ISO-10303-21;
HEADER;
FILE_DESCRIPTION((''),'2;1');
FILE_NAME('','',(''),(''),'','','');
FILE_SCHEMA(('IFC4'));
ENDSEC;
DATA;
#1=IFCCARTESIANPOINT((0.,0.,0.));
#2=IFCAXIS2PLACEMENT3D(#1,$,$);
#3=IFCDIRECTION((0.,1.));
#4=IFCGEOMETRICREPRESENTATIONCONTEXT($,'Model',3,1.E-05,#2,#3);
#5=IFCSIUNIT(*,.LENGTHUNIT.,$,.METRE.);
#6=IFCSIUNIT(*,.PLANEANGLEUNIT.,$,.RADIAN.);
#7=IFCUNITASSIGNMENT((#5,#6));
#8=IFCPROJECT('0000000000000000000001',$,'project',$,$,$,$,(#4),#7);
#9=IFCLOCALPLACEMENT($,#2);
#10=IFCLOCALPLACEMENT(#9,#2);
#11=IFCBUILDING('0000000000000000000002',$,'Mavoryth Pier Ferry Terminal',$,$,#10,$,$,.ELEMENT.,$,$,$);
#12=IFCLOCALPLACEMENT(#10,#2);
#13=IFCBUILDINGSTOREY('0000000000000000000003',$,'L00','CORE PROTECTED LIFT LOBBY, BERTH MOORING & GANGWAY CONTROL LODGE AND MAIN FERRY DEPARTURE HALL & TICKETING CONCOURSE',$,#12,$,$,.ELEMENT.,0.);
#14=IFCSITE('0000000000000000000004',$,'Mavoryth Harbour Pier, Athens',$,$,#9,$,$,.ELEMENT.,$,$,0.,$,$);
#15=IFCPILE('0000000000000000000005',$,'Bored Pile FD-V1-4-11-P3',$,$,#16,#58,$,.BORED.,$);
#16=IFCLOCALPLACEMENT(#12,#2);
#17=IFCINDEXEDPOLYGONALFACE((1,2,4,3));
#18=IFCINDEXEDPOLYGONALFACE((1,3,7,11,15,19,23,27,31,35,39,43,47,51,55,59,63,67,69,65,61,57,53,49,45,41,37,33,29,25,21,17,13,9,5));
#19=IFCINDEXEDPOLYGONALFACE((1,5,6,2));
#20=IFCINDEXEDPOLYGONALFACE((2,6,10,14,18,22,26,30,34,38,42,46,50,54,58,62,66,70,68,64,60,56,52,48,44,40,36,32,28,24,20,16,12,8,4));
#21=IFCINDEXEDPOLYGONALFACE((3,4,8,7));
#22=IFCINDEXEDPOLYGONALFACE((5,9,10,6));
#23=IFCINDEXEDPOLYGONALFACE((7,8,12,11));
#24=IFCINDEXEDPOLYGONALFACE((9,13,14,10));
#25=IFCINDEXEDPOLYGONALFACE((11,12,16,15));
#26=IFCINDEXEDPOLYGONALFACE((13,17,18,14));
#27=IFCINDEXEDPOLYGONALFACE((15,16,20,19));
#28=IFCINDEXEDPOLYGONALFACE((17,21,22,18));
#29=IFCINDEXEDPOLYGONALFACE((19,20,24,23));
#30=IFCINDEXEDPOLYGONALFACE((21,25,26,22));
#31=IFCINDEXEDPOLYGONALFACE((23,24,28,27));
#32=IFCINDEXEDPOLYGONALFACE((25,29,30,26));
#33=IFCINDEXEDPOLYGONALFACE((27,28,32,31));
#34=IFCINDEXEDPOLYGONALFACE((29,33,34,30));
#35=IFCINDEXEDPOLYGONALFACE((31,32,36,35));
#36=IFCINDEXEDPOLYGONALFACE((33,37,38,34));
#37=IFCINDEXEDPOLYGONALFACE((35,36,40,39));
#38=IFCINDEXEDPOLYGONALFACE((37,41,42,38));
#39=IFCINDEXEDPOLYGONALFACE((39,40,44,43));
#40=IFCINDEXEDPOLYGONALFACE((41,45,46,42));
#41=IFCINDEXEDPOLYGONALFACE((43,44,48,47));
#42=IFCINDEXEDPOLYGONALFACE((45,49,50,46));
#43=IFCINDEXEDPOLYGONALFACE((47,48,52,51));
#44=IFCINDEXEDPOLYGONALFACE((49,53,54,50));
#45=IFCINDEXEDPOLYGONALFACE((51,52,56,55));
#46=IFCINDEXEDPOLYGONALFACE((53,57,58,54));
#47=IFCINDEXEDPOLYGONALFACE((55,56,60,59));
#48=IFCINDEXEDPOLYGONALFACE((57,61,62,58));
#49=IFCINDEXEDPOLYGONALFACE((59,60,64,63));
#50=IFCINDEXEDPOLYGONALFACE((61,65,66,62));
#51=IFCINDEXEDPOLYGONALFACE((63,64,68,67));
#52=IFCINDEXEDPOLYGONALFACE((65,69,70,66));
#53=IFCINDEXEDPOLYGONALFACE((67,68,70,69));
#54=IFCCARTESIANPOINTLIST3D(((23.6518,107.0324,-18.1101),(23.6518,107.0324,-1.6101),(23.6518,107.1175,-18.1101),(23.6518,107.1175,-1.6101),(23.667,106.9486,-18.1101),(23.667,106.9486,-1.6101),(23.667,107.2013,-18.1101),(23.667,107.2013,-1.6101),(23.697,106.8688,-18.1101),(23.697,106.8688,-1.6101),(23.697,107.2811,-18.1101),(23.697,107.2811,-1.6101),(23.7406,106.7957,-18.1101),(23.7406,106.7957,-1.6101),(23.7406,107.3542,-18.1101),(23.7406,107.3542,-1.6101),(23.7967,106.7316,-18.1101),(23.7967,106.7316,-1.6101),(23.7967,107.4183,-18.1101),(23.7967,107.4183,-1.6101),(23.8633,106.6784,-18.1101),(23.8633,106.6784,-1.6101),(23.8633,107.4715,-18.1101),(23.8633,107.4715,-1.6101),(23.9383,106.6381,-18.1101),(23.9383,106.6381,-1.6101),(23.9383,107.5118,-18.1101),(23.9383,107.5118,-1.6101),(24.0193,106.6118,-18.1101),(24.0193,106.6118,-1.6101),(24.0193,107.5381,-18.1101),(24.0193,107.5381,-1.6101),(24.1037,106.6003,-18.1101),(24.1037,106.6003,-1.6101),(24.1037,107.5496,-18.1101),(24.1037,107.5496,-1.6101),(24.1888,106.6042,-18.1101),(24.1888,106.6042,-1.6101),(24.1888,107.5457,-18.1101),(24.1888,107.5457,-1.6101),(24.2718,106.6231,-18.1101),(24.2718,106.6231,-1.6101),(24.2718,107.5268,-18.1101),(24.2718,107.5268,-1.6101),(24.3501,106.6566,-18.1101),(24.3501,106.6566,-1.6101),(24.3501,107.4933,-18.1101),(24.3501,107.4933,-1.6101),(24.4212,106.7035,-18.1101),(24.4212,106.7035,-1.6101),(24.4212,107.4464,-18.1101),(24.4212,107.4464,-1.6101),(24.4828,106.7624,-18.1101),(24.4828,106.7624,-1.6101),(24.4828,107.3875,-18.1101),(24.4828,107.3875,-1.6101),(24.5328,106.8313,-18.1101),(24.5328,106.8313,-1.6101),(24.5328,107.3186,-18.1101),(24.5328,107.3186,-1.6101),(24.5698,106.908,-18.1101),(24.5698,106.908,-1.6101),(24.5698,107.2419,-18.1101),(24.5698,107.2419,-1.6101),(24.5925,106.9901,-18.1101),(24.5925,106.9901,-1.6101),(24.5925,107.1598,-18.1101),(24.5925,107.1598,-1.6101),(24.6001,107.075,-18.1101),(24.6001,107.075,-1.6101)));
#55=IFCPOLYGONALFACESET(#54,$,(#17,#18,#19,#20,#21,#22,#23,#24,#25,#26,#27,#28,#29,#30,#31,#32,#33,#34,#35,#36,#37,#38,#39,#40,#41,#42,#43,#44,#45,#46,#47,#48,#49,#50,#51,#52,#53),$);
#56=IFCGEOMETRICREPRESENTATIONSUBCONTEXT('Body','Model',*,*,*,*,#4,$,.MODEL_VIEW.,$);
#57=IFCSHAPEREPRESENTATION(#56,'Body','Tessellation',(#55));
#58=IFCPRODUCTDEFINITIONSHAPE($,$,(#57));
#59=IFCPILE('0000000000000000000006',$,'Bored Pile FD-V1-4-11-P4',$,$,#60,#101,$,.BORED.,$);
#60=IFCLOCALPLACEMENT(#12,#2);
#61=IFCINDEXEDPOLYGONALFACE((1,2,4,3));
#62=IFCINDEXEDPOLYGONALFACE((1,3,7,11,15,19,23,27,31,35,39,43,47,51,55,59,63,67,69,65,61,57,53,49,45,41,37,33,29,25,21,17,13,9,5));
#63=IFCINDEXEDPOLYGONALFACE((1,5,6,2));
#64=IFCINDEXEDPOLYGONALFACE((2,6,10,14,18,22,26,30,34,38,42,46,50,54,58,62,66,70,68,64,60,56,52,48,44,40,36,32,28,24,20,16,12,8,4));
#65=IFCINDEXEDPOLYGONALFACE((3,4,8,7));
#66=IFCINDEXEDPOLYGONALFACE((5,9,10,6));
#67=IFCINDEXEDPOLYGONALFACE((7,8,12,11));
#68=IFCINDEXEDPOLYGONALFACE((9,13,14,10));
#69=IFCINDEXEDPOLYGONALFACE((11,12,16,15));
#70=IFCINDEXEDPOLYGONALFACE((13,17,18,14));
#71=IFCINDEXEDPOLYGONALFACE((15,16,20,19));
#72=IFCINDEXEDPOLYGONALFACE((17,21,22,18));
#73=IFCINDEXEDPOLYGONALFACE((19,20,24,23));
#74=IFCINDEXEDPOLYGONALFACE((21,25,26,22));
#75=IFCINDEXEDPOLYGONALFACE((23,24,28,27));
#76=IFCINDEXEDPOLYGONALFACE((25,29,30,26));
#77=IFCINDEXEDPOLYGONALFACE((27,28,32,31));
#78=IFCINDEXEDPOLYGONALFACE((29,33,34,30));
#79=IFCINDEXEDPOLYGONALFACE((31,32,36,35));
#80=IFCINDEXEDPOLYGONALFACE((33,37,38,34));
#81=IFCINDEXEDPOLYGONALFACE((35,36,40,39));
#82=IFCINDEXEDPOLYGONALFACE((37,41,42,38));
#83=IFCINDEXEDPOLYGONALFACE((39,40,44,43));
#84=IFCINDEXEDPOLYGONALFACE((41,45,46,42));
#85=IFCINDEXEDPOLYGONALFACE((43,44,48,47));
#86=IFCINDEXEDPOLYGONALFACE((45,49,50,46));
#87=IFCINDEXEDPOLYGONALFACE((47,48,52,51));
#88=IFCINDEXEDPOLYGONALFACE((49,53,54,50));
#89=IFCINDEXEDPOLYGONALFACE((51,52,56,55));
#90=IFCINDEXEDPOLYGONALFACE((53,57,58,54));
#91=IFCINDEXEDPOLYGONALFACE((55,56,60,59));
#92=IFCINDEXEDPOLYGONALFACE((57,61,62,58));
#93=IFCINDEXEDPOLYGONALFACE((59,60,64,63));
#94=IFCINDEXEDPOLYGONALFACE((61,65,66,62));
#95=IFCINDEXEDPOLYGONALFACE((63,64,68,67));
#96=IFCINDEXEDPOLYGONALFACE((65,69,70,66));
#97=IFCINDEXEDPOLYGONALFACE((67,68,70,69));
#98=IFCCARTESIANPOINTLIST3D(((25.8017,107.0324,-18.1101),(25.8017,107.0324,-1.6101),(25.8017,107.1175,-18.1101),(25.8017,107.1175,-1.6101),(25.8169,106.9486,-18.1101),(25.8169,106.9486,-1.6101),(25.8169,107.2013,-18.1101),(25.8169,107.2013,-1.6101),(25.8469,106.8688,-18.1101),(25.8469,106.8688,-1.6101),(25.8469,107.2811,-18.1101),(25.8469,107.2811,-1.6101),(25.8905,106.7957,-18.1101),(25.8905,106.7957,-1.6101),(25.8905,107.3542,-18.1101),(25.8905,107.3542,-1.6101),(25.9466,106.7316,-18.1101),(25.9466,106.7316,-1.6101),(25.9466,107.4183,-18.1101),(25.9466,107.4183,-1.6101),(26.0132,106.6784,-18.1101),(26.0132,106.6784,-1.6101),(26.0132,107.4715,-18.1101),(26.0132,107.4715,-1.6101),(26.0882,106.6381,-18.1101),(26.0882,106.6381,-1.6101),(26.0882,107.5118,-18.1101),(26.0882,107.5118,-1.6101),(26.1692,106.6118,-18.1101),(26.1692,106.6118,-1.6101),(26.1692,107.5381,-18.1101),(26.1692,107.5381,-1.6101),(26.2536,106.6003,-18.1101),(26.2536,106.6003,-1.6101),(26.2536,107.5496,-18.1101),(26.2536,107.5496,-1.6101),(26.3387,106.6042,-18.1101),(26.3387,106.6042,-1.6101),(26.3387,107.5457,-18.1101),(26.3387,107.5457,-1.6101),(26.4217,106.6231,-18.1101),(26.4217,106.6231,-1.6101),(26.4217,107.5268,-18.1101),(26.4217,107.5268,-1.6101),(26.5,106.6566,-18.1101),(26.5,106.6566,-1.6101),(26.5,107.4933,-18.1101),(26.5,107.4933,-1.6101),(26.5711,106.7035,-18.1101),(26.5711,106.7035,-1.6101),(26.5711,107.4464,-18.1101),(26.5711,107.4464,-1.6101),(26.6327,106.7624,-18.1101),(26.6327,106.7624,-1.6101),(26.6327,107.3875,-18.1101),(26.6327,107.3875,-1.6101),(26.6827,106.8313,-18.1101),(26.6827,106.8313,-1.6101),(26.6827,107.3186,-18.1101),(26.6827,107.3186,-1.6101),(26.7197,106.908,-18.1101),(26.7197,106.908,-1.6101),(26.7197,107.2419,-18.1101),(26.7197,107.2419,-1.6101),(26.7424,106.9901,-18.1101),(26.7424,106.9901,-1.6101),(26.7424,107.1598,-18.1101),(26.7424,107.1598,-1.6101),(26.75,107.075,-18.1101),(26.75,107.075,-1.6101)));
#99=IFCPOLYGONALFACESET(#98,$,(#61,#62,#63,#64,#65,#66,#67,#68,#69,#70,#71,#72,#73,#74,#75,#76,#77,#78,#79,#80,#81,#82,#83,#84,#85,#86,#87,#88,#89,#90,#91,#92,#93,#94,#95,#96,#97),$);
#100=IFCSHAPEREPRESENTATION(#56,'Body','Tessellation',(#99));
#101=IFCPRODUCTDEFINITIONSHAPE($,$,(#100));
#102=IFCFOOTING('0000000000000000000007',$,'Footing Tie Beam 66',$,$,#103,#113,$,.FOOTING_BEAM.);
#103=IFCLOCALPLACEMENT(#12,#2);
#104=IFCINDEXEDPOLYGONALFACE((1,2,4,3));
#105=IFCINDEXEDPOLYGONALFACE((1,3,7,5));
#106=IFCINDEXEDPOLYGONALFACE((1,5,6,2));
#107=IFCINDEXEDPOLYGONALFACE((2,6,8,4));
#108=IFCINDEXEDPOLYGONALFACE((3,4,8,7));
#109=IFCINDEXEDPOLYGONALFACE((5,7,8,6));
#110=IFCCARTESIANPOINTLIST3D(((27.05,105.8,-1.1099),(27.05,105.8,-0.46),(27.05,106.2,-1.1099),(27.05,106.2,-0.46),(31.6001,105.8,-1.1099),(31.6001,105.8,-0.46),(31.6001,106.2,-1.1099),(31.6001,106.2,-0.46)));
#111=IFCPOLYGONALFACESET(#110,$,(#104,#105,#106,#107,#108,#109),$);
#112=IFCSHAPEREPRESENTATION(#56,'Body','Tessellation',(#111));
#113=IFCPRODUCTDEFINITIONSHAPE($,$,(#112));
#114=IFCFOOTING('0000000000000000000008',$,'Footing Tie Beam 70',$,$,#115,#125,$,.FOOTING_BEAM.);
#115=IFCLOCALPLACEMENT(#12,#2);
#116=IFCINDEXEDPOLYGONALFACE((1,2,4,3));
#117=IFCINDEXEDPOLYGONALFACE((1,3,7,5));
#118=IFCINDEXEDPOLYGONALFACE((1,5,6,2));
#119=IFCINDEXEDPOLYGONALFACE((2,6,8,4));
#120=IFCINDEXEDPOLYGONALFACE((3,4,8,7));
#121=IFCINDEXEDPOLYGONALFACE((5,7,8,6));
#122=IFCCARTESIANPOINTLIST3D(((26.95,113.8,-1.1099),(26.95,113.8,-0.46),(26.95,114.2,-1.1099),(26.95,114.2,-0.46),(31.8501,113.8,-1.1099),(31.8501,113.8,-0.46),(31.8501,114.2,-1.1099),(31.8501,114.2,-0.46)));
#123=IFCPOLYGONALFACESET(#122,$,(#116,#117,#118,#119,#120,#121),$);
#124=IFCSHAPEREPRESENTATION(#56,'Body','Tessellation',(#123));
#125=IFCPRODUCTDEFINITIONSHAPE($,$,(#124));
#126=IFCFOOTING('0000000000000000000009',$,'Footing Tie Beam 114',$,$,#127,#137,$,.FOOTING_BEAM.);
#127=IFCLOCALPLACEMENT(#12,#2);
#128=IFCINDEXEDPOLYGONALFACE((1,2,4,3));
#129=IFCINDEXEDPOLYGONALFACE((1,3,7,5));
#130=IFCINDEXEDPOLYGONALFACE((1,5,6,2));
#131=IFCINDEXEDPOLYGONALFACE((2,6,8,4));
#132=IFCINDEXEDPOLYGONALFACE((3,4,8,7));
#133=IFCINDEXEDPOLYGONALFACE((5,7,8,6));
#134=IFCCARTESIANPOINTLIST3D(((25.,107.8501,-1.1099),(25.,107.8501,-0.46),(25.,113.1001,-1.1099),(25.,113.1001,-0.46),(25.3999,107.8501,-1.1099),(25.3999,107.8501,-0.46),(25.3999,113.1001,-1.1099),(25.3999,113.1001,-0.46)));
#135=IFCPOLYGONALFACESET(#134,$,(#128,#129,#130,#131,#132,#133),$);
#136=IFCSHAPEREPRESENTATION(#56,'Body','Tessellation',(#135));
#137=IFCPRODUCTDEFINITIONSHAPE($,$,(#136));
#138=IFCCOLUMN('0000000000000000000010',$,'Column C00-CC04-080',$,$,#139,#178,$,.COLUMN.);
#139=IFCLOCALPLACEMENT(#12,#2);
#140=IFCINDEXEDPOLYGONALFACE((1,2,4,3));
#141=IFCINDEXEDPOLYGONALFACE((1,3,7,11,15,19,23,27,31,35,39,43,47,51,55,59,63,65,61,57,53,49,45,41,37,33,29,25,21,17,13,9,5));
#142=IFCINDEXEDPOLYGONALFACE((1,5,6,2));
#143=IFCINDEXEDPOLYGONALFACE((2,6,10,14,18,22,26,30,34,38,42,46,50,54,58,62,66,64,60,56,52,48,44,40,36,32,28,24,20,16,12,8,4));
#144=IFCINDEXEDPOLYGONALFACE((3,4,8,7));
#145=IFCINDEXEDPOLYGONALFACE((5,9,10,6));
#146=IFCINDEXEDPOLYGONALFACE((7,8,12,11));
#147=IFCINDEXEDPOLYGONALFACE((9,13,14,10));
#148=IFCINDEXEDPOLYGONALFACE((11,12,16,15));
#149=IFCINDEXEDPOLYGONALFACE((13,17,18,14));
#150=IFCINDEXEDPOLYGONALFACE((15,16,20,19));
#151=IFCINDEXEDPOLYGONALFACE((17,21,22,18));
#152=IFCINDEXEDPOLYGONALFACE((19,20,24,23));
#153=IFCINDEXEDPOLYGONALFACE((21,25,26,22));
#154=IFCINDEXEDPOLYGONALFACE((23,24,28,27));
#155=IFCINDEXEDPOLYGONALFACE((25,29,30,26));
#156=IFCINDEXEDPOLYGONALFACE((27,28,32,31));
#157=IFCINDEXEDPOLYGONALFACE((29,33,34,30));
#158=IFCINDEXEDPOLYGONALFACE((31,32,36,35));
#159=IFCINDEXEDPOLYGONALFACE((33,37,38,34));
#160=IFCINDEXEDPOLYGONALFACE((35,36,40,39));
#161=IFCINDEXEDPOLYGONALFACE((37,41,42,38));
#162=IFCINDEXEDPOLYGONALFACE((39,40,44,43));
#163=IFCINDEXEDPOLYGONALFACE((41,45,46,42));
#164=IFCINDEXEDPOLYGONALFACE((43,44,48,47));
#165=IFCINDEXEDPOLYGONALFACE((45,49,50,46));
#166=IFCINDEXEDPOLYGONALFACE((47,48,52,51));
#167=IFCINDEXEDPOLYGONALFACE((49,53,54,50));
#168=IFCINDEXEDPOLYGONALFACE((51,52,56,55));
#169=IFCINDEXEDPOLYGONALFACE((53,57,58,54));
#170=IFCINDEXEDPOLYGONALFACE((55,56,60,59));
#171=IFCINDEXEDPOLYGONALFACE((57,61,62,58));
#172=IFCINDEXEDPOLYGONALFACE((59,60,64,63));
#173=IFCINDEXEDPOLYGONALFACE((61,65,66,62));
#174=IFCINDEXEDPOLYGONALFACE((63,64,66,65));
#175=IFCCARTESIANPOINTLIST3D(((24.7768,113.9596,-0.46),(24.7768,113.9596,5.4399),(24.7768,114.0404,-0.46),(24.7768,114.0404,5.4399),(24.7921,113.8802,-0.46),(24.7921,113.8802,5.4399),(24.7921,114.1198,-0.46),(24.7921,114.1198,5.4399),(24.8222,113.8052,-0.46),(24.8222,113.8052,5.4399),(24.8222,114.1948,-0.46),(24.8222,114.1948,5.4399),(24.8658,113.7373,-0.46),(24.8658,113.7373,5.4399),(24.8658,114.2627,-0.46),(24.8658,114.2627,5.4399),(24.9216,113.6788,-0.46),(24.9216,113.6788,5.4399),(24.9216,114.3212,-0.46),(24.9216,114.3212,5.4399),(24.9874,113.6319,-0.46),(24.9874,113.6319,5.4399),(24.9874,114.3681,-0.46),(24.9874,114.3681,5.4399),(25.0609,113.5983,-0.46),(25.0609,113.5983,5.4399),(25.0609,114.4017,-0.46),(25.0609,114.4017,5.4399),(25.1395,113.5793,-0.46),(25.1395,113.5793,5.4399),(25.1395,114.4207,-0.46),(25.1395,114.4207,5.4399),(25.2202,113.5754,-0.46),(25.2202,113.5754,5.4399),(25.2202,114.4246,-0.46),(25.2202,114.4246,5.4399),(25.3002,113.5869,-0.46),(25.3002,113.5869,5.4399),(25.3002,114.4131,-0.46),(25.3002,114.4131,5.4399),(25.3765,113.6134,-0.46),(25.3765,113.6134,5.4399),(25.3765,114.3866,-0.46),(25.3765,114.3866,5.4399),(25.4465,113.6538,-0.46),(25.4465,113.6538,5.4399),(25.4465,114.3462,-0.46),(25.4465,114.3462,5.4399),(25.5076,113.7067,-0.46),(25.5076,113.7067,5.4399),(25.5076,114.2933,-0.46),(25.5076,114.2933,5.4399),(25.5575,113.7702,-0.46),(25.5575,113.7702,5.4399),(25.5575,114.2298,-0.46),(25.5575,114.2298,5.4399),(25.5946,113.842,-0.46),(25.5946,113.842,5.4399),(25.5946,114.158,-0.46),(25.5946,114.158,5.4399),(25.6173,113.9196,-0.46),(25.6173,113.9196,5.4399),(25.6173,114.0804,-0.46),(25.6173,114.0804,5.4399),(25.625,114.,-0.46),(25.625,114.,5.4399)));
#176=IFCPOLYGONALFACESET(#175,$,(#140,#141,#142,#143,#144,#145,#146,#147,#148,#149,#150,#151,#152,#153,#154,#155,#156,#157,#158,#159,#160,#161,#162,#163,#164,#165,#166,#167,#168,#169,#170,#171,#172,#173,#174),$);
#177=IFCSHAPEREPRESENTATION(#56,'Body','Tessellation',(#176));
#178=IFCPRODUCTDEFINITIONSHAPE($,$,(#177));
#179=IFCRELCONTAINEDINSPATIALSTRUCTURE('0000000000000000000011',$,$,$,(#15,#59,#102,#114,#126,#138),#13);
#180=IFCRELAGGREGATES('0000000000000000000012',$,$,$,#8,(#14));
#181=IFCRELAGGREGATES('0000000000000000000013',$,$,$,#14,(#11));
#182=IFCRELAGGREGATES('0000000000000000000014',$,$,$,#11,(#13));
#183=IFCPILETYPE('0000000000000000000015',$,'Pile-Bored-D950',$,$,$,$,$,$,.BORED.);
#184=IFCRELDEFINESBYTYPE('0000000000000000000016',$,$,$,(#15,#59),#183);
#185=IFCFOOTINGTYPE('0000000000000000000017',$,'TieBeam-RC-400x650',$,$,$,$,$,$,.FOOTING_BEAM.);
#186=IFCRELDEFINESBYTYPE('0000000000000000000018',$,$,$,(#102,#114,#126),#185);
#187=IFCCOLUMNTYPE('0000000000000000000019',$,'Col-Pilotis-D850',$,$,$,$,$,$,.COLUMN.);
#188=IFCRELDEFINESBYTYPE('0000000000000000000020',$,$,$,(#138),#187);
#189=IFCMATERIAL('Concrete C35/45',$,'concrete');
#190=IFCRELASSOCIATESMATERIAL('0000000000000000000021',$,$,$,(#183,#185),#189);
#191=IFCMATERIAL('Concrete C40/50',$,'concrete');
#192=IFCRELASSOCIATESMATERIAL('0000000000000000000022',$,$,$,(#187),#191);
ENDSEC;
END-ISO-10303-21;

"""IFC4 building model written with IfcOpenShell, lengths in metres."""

from ifc_helpers import new_model, si_unit, direction, frame, origin, origin_2d, place, context, subcontext, project, spatial, rectangle, circle, extrude, material, material_profile, profile_set, type_object, element, save


model = new_model("IFC4")

# Units and contexts
model_context = context("Model", 3, precision=1e-05, world=origin(), true_north=direction((0.0, 1.0)))
body_context = subcontext(model_context, "Body", "Model", "MODEL_VIEW")
ifc_project = project(units=[si_unit("LENGTHUNIT", "METRE"), si_unit("PLANEANGLEUNIT", "RADIAN")], contexts=[model_context])

# Site, building, storey
site_placement = place(None, origin())
site = spatial("IfcSite", under=ifc_project, at=site_placement, Name="Mavoryth Harbour Pier, Athens", CompositionType="ELEMENT", RefElevation=0.0)
building_placement = place(site_placement, origin())
building = spatial("IfcBuilding", under=site, at=building_placement, Name="Mavoryth Pier Ferry Terminal", CompositionType="ELEMENT")
storey_placement = place(building_placement, origin())
storey = spatial("IfcBuildingStorey", under=building, at=storey_placement, Name="L00", Description="CORE PROTECTED LIFT LOBBY, BERTH MOORING & GANGWAY CONTROL LODGE AND MAIN FERRY DEPARTURE HALL & TICKETING CONCOURSE", CompositionType="ELEMENT", Elevation=0.0)

# Shared definitions
ifc_material_1 = material(Name="Concrete C35/45", Category="concrete")

# Piles
ifc_material_profile_1 = material_profile(ifc_material_1, circle(Radius=0.4751, at=origin_2d()), Name="PILE D950", Category="concrete")
ifc_profile_set_1 = profile_set([ifc_material_profile_1], Name="Concrete C35/45 - PILE D950")
pile_type_1 = type_object("IfcPileType", Name="Pile-Bored-D950", PredefinedType="BORED", material=ifc_profile_set_1)
for number, where, z_axis, x_axis, name in (
    (1, (24.125, 107.075, -1.6101), (0.0, 0.0, -1.0), (1.0, 0.0, 0.0), "Bored Pile FD-V1-4-11-P3"),
    (2, (26.2749, 107.075, -1.6101), (0.0, 0.0, -1.0), (1.0, 0.0, 0.0), "Bored Pile FD-V1-4-11-P4"),
):
    element("IfcPile", number, at=place(storey_placement, frame(where, z_axis=z_axis, x_axis=x_axis)), inside=storey, type_object=pile_type_1, Name=name, PredefinedType="BORED", context=body_context, shape_type="SweptSolid", body=[
        extrude(circle(Radius=0.4751, at=origin_2d()), origin(), (0.0, 0.0, 1.0), 16.5),
    ])

# Footings
ifc_material_profile_2 = material_profile(ifc_material_1, rectangle(XDim=0.3999, YDim=0.6499, at=origin_2d()), Name="RC 400x650", Category="concrete")
ifc_profile_set_2 = profile_set([ifc_material_profile_2], Name="Concrete C35/45 - RC 400x650")
footing_type_1 = type_object("IfcFootingType", Name="TieBeam-RC-400x650", PredefinedType="FOOTING_BEAM", material=ifc_profile_set_2)
footing_1_placement = place(storey_placement, frame((27.05, 106.0, -0.7849), z_axis=(1.0, 0.0, 0.0), x_axis=(0.0, 1.0, 0.0)))
element("IfcFooting", 3, at=footing_1_placement, inside=storey, type_object=footing_type_1, Name="Footing Tie Beam 66", PredefinedType="FOOTING_BEAM", context=body_context, shape_type="SweptSolid", body=[
    extrude(rectangle(XDim=0.3999, YDim=0.6499, at=origin_2d()), origin(), (0.0, 0.0, 1.0), 4.55),
])
footing_2_placement = place(storey_placement, frame((26.95, 114.0, -0.7849), z_axis=(1.0, 0.0, 0.0), x_axis=(0.0, 1.0, 0.0)))
element("IfcFooting", 4, at=footing_2_placement, inside=storey, type_object=footing_type_1, Name="Footing Tie Beam 70", PredefinedType="FOOTING_BEAM", context=body_context, shape_type="SweptSolid", body=[
    extrude(rectangle(XDim=0.3999, YDim=0.6499, at=origin_2d()), origin(), (0.0, 0.0, 1.0), 4.9001),
])
footing_3_placement = place(storey_placement, frame((25.2, 107.8501, -0.7849), z_axis=(0.0, 1.0, 0.0), x_axis=(-1.0, 0.0, 0.0)))
element("IfcFooting", 5, at=footing_3_placement, inside=storey, type_object=footing_type_1, Name="Footing Tie Beam 114", PredefinedType="FOOTING_BEAM", context=body_context, shape_type="SweptSolid", body=[
    extrude(rectangle(XDim=0.3999, YDim=0.6499, at=origin_2d()), origin(), (0.0, 0.0, 1.0), 5.25),
])

# Column
ifc_material_2 = material(Name="Concrete C40/50", Category="concrete")
ifc_material_profile_3 = material_profile(ifc_material_2, circle(Radius=0.425, at=origin_2d()), Name="RC D850", Category="concrete")
ifc_profile_set_3 = profile_set([ifc_material_profile_3], Name="Concrete C40/50 - RC D850")
column_type_1 = type_object("IfcColumnType", Name="Col-Pilotis-D850", PredefinedType="COLUMN", material=ifc_profile_set_3)
column_1_placement = place(storey_placement, frame((25.2, 114.0, -0.46), z_axis=(0.0, 0.0, 1.0), x_axis=(1.0, 0.0, 0.0)))
element("IfcColumn", 6, at=column_1_placement, inside=storey, type_object=column_type_1, Name="Column C00-CC04-080", PredefinedType="COLUMN", context=body_context, shape_type="SweptSolid", body=[
    extrude(circle(Radius=0.425, at=origin_2d()), origin(), (0.0, 0.0, 1.0), 5.8999),
])

save(model, "model.ifc")
